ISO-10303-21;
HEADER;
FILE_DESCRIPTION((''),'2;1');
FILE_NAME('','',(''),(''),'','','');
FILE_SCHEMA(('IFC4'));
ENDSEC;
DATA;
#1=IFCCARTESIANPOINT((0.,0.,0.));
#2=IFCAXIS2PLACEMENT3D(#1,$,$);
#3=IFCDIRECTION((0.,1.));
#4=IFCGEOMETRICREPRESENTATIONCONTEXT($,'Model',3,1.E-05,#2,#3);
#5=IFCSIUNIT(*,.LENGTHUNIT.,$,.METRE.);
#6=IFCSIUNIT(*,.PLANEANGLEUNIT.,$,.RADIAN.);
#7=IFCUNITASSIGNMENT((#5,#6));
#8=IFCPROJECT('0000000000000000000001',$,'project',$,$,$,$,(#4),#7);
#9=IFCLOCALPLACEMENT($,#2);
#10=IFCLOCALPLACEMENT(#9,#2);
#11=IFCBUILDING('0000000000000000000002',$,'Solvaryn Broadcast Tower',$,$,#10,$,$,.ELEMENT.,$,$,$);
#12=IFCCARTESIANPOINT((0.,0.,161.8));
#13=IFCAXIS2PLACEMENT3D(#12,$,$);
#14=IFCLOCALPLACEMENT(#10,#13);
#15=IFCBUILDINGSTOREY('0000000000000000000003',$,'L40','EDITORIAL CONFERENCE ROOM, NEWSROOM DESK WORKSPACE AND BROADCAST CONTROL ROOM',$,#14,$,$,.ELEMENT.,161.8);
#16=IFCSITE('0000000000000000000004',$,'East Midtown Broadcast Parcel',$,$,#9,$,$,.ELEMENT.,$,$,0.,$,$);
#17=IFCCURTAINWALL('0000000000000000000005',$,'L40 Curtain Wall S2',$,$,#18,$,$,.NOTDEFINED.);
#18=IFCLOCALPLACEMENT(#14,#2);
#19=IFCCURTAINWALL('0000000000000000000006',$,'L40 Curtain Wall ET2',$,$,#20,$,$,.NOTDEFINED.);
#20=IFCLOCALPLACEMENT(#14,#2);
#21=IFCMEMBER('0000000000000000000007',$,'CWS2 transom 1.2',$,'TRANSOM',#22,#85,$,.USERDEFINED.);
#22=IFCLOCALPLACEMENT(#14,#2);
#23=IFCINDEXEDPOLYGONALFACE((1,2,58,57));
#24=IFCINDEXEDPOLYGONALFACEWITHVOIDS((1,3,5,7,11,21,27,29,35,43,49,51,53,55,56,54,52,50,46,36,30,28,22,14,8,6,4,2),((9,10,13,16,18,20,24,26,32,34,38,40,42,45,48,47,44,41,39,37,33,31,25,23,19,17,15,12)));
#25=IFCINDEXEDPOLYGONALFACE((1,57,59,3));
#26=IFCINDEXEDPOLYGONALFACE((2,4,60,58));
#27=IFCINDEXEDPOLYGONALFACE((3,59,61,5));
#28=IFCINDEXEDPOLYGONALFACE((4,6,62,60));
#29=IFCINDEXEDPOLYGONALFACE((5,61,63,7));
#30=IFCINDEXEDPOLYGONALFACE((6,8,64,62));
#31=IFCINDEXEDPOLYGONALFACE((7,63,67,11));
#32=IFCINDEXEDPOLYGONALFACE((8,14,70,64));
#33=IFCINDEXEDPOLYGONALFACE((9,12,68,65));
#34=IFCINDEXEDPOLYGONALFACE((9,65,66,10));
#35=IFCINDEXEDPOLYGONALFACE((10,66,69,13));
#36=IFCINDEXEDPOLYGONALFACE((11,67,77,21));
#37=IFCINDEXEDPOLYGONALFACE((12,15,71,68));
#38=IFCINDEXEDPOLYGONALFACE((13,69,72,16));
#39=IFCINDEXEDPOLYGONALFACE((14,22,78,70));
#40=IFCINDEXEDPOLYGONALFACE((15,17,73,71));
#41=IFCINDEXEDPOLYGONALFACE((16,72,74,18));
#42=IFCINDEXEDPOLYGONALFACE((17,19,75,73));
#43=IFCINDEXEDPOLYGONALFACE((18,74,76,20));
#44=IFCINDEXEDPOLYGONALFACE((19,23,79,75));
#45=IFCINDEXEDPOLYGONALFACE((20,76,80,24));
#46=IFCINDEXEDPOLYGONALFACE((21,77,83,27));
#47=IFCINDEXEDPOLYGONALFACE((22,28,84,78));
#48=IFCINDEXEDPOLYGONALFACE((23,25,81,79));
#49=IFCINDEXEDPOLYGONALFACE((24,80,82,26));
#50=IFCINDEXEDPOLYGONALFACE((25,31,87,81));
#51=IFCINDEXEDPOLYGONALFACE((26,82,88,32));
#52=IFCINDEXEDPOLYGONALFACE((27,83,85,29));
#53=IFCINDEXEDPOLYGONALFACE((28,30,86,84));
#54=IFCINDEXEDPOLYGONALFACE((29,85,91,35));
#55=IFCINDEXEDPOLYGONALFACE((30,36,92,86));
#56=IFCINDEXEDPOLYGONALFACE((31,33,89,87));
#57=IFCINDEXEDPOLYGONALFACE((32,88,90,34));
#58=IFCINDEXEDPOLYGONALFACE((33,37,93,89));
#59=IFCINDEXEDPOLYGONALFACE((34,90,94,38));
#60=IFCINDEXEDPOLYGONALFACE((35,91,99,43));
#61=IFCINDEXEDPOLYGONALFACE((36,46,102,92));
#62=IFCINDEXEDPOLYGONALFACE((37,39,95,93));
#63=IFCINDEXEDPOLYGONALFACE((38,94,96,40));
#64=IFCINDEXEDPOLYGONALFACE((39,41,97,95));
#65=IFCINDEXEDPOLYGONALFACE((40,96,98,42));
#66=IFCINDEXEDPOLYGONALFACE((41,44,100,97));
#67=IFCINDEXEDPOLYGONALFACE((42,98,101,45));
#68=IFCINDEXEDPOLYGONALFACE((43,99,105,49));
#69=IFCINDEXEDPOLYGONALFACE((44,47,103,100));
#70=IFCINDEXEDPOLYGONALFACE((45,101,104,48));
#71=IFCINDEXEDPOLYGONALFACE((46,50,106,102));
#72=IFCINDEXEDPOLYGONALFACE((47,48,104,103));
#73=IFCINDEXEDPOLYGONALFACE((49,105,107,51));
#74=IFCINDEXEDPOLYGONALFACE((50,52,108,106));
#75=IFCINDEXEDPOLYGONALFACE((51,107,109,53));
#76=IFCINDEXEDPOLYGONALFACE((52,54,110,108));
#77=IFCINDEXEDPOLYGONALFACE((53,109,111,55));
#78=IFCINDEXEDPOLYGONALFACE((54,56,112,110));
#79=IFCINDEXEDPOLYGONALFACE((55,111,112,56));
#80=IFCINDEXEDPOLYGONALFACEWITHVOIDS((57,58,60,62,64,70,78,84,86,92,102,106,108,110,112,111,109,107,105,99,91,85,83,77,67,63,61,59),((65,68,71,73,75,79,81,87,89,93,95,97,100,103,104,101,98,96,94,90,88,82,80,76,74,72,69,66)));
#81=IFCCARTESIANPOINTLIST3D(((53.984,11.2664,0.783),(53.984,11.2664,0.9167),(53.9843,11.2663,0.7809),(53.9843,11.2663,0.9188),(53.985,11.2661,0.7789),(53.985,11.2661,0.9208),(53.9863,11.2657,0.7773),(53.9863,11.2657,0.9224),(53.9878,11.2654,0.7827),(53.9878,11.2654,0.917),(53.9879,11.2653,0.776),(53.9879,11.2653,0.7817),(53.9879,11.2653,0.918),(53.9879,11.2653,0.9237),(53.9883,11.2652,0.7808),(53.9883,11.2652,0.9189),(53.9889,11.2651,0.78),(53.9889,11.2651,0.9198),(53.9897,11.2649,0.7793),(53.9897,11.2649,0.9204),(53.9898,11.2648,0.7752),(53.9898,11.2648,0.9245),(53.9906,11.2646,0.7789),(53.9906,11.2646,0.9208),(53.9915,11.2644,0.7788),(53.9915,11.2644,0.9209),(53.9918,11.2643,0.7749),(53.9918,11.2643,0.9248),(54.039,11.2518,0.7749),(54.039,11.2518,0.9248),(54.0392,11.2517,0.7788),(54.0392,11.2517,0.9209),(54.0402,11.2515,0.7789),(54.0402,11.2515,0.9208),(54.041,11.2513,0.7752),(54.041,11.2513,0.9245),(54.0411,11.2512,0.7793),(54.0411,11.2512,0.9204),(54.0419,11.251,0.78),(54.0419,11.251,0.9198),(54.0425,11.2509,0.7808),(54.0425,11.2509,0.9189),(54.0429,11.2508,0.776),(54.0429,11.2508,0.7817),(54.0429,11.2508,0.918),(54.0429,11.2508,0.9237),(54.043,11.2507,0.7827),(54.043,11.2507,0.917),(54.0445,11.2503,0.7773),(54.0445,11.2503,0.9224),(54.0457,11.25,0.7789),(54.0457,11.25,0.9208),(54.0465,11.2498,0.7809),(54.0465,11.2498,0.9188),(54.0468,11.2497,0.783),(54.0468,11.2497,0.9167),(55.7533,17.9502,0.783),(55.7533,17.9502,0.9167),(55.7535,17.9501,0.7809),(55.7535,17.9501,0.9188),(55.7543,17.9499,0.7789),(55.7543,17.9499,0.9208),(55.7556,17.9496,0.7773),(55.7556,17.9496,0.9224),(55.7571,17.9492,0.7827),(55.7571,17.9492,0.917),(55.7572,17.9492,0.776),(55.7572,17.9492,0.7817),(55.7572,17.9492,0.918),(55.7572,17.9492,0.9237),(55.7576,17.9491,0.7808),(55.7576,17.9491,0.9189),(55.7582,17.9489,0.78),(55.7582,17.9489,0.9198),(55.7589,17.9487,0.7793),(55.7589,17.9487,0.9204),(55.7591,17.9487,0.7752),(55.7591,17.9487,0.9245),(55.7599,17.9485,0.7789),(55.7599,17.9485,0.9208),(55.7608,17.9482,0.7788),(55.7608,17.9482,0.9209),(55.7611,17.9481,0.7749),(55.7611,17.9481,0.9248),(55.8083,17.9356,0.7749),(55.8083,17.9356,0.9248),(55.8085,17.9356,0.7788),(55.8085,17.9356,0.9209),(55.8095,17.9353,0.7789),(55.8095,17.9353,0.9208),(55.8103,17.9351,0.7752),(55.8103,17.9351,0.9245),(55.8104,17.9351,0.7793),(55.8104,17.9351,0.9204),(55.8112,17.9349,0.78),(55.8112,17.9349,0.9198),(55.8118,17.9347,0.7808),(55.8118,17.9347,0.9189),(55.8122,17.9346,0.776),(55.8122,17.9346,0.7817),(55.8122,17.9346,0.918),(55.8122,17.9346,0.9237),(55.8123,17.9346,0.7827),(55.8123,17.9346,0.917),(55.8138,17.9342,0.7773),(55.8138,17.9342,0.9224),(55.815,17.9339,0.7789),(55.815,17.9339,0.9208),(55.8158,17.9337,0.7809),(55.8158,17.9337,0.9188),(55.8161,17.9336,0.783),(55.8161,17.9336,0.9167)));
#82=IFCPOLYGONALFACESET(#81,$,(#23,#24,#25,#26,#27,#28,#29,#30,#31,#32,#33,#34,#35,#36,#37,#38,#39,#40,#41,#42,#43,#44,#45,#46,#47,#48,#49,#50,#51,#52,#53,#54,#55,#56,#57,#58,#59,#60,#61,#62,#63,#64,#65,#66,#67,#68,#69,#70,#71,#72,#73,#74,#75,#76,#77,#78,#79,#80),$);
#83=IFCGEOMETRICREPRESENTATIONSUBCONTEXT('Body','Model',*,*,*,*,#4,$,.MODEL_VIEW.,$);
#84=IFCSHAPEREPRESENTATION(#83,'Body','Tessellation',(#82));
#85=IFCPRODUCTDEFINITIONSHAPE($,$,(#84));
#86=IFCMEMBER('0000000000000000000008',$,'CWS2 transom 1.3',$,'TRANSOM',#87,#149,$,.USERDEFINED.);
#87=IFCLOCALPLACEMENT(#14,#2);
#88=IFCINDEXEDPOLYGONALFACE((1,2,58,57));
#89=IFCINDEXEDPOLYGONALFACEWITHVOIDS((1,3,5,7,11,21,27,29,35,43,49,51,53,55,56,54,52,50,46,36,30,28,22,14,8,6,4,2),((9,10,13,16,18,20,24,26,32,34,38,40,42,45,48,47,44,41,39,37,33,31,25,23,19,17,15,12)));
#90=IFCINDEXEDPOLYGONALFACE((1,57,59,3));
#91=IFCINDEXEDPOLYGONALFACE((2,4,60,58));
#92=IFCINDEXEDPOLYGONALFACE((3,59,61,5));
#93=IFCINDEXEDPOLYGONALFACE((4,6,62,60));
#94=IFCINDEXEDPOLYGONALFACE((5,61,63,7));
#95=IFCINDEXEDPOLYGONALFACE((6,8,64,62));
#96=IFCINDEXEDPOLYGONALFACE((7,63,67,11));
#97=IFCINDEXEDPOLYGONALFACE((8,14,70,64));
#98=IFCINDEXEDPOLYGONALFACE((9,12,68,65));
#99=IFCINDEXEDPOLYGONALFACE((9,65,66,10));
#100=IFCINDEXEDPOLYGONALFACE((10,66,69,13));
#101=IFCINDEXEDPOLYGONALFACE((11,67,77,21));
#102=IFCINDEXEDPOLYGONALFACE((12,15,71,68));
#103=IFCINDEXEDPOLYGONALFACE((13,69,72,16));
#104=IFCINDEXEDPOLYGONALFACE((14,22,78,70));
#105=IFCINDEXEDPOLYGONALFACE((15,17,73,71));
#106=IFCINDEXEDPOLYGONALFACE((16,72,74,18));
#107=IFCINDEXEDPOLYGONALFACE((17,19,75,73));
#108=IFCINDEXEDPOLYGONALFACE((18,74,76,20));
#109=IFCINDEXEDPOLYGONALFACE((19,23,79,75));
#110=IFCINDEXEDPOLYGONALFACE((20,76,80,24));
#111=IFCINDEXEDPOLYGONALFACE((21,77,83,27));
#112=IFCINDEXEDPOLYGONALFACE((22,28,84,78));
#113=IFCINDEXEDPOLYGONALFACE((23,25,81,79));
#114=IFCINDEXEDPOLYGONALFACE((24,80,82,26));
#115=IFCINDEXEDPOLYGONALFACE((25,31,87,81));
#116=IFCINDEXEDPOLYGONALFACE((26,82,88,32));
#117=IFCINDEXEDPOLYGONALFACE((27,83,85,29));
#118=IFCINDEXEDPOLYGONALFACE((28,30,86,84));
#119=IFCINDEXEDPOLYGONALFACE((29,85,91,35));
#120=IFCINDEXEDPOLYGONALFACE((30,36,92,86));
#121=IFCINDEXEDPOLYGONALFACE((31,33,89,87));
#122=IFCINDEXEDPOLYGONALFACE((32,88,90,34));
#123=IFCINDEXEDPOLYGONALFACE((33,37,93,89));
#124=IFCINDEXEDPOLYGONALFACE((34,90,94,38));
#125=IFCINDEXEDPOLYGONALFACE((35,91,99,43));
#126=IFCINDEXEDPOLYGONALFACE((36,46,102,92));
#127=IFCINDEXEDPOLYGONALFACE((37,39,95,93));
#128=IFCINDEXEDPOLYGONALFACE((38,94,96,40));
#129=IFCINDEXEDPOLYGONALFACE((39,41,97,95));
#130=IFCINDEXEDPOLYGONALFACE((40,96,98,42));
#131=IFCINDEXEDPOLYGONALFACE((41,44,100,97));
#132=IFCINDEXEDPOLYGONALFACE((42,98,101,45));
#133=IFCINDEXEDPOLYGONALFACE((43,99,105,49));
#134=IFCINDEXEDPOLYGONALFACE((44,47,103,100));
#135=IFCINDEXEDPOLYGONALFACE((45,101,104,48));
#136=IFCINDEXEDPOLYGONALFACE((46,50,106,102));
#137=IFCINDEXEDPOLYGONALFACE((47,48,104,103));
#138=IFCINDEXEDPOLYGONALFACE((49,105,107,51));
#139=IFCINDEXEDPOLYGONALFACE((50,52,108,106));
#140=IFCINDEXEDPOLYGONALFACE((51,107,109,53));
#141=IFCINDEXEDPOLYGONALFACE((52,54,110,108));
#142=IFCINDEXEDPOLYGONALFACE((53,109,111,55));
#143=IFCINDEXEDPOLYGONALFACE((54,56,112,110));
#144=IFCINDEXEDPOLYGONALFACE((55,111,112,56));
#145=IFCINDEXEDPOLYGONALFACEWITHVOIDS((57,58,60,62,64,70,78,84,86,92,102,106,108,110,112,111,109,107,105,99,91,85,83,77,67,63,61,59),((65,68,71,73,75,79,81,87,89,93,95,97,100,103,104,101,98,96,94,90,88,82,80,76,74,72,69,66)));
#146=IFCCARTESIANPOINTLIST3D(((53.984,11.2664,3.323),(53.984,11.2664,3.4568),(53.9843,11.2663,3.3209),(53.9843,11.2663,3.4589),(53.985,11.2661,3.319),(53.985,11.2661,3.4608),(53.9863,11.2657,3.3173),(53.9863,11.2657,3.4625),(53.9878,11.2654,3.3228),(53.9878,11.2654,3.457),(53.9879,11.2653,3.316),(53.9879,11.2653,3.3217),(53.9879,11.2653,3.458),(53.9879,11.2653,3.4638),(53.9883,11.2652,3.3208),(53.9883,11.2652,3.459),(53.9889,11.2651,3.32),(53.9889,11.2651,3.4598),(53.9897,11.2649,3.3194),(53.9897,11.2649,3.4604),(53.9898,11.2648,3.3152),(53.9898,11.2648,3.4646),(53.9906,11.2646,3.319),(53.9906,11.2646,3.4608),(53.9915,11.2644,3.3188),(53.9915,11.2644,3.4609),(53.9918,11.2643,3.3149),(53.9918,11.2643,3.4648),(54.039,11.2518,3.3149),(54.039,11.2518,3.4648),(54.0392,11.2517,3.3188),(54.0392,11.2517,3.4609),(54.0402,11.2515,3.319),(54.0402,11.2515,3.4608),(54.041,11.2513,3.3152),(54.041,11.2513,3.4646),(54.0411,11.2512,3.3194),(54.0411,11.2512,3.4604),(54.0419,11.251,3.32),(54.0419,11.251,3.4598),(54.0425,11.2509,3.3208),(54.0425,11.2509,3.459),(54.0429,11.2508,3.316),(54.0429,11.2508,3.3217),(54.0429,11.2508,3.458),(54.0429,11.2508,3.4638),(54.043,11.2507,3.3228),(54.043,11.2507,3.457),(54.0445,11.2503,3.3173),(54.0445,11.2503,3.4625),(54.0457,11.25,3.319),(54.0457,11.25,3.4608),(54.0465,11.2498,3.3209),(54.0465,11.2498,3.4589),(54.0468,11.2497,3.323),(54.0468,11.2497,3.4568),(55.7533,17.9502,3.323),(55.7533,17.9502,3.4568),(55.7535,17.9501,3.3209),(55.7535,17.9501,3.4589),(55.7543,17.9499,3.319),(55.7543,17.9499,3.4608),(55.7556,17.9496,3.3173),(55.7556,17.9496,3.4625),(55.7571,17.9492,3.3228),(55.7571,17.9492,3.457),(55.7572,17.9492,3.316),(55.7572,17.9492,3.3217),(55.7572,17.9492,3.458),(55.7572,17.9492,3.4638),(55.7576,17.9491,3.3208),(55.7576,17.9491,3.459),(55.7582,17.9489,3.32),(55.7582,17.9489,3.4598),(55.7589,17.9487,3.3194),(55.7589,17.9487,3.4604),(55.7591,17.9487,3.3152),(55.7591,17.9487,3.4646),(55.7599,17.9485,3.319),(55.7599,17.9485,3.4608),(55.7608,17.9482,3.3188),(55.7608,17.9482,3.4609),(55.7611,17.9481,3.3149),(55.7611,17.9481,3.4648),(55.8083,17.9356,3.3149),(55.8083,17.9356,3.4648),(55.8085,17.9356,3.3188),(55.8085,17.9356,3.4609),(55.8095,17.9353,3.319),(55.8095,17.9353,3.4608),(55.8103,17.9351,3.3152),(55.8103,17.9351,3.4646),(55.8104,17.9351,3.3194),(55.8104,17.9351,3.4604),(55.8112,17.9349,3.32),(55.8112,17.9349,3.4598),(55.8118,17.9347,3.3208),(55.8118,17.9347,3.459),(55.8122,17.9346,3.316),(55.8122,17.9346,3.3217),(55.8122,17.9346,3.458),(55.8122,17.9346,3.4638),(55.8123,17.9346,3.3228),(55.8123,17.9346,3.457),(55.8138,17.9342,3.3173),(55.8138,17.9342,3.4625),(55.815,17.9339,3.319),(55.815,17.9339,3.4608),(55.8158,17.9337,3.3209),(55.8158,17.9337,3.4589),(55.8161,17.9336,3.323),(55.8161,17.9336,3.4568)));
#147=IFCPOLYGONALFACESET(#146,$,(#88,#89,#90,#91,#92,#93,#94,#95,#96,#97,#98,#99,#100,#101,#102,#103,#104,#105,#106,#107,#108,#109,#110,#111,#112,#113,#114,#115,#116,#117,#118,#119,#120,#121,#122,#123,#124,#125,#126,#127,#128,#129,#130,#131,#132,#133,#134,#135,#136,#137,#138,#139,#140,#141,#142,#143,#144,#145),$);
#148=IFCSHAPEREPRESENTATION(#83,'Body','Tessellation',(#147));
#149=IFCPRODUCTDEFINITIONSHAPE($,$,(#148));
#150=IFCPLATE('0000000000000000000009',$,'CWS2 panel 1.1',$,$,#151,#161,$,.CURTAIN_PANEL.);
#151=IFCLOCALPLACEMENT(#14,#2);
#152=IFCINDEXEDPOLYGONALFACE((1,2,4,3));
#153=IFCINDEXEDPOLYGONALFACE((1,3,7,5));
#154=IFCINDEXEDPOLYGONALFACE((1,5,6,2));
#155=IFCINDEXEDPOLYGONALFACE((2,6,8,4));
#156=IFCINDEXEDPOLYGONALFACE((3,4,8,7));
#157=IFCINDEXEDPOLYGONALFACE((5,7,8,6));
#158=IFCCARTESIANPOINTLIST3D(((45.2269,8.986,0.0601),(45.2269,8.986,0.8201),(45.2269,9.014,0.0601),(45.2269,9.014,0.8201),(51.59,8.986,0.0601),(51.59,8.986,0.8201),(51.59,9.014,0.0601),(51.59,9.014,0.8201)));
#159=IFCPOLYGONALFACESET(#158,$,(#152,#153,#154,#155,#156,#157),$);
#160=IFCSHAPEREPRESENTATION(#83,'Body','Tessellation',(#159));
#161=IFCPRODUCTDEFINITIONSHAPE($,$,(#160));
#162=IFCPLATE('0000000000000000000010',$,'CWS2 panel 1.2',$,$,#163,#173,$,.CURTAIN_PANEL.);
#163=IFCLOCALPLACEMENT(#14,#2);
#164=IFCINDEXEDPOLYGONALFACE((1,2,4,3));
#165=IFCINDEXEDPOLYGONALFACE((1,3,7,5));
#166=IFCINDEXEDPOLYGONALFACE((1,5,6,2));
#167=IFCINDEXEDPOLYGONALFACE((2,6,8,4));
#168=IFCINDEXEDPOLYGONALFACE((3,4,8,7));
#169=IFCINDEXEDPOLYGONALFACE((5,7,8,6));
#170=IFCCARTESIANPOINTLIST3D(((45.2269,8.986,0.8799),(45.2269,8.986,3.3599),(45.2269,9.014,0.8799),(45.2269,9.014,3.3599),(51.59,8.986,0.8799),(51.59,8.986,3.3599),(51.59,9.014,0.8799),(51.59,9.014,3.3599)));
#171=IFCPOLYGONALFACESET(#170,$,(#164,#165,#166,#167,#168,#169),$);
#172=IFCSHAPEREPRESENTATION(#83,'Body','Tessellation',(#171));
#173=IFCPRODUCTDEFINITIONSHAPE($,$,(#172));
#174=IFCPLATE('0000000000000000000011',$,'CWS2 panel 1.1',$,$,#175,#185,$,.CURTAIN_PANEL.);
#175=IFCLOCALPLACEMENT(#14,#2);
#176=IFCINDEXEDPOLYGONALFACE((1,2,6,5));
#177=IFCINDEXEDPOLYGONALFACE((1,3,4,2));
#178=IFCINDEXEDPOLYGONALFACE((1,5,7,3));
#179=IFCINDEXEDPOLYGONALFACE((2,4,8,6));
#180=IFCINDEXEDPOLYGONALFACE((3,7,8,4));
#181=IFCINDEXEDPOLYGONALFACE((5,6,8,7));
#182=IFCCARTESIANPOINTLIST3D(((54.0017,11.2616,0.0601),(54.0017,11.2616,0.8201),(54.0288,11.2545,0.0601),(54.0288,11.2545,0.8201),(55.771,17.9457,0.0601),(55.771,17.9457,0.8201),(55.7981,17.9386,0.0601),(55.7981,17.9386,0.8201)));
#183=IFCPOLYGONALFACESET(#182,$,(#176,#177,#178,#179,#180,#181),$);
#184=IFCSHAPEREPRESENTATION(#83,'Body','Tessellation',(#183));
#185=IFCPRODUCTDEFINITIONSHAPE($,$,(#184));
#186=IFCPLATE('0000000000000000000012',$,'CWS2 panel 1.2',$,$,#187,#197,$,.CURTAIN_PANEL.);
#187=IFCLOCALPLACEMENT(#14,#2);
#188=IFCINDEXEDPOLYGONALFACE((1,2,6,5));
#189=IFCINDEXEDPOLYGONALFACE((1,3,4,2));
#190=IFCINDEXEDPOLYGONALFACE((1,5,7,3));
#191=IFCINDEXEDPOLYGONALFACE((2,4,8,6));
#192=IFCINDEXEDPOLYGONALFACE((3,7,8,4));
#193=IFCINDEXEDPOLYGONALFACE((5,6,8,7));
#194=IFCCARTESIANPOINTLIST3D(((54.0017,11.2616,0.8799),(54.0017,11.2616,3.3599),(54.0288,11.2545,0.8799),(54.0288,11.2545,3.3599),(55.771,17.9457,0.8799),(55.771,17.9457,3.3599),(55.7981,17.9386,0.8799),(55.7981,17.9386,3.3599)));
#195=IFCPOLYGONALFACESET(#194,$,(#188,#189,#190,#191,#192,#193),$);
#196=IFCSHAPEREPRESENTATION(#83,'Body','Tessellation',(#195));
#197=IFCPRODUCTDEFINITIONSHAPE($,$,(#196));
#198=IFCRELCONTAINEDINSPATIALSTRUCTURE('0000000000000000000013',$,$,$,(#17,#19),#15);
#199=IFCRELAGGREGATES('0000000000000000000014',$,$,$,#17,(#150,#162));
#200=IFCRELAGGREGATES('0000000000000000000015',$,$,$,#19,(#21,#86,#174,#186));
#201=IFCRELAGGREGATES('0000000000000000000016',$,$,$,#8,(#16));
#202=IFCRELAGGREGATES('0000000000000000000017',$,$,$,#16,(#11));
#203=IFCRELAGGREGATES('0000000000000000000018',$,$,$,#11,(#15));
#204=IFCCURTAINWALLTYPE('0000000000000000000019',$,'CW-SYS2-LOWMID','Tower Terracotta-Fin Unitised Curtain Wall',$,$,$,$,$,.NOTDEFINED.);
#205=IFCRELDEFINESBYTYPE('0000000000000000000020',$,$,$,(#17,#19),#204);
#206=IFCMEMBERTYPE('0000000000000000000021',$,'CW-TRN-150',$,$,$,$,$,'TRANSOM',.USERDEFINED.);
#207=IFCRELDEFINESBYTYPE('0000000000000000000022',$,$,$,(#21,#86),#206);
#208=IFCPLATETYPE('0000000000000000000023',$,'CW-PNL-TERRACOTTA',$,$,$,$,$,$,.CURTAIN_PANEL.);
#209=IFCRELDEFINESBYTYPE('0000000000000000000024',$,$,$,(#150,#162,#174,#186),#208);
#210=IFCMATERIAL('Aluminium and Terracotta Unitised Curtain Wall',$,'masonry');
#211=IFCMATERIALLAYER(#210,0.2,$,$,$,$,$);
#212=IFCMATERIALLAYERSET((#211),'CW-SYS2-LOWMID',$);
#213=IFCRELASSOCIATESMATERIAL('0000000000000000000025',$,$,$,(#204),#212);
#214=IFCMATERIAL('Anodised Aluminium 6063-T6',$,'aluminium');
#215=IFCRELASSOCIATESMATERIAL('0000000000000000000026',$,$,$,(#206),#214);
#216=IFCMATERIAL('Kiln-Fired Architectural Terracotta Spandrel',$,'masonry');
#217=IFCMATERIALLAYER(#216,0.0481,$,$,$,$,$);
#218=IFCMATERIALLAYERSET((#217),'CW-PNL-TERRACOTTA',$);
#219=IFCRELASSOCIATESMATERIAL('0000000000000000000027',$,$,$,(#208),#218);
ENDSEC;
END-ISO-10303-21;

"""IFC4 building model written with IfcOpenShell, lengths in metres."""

from ifc_helpers import new_model, si_unit, direction, frame, origin, origin_2d, place, context, subcontext, project, spatial, rectangle, hollow_rectangle, extrude, material, layer, layer_set, material_profile, profile_set, type_object, element, aggregate, save


model = new_model("IFC4")

# Units and contexts
model_context = context("Model", 3, precision=1e-05, world=origin(), true_north=direction((0.0, 1.0)))
body_context = subcontext(model_context, "Body", "Model", "MODEL_VIEW")
ifc_project = project(units=[si_unit("LENGTHUNIT", "METRE"), si_unit("PLANEANGLEUNIT", "RADIAN")], contexts=[model_context])

# Site, building, storey
site_placement = place(None, origin())
site = spatial("IfcSite", under=ifc_project, at=site_placement, Name="East Midtown Broadcast Parcel", CompositionType="ELEMENT", RefElevation=0.0)
building_placement = place(site_placement, origin())
building = spatial("IfcBuilding", under=site, at=building_placement, Name="Solvaryn Broadcast Tower", CompositionType="ELEMENT")
storey_placement = place(building_placement, frame((0.0, 0.0, 161.8)))
storey = spatial("IfcBuildingStorey", under=building, at=storey_placement, Name="L40", Description="EDITORIAL CONFERENCE ROOM, NEWSROOM DESK WORKSPACE AND BROADCAST CONTROL ROOM", CompositionType="ELEMENT", Elevation=161.8)

# Curtain wall
ifc_material_1 = material(Name="Aluminium and Terracotta Unitised Curtain Wall", Category="masonry")
ifc_layer_1 = layer(ifc_material_1, 0.2)
ifc_layer_set_1 = layer_set([ifc_layer_1], Name="CW-SYS2-LOWMID")
curtain_wall_type = type_object("IfcCurtainWallType", Name="CW-SYS2-LOWMID", Description="Tower Terracotta-Fin Unitised Curtain Wall", PredefinedType="NOTDEFINED", material=ifc_layer_set_1)
curtain_wall_1_placement = place(storey_placement, origin())
curtain_wall_1 = element("IfcCurtainWall", 1, at=curtain_wall_1_placement, inside=storey, type_object=curtain_wall_type, Name="L40 Curtain Wall S2", PredefinedType="NOTDEFINED")

# Curtain wall
curtain_wall_2_placement = place(storey_placement, origin())
curtain_wall_2 = element("IfcCurtainWall", 2, at=curtain_wall_2_placement, inside=storey, type_object=curtain_wall_type, Name="L40 Curtain Wall ET2", PredefinedType="NOTDEFINED")

# Members
ifc_material_2 = material(Name="Anodised Aluminium 6063-T6", Category="aluminium")
ifc_material_profile_1 = material_profile(ifc_material_2, hollow_rectangle(XDim=0.0649, YDim=0.1499, WallThickness=0.0039, InnerFilletRadius=0.0039, OuterFilletRadius=0.0081, at=origin_2d()))
ifc_profile_set_1 = profile_set([ifc_material_profile_1], Name="Anodised Aluminium 6063-T6")
member_type_1 = type_object("IfcMemberType", Name="CW-TRN-150", ElementType="TRANSOM", PredefinedType="USERDEFINED", material=ifc_profile_set_1)
member_1_placement = place(storey_placement, frame((55.7847, 17.9419, 0.8499), z_axis=(-0.255897, -0.966704, 0.0), x_axis=(0.966704, -0.255897, 0.0)))
member_1 = element("IfcMember", 3, at=member_1_placement, type_object=member_type_1, Name="CWS2 transom 1.2", ObjectType="TRANSOM", PredefinedType="USERDEFINED", context=body_context, shape_type="SweptSolid", body=[
    extrude(hollow_rectangle(XDim=0.0649, YDim=0.1499, WallThickness=0.0039, InnerFilletRadius=0.0039, OuterFilletRadius=0.0081, at=origin_2d()), origin(), (0.0, 0.0, 1.0), 6.9141),
])
member_2_placement = place(storey_placement, frame((55.7847, 17.9419, 3.3899), z_axis=(-0.255897, -0.966704, 0.0), x_axis=(0.966704, -0.255897, 0.0)))
member_2 = element("IfcMember", 4, at=member_2_placement, type_object=member_type_1, Name="CWS2 transom 1.3", ObjectType="TRANSOM", PredefinedType="USERDEFINED", context=body_context, shape_type="SweptSolid", body=[
    extrude(hollow_rectangle(XDim=0.0649, YDim=0.1499, WallThickness=0.0039, InnerFilletRadius=0.0039, OuterFilletRadius=0.0081, at=origin_2d()), origin(), (0.0, 0.0, 1.0), 6.9141),
])

# Plates
ifc_material_3 = material(Name="Kiln-Fired Architectural Terracotta Spandrel", Category="masonry")
ifc_layer_2 = layer(ifc_material_3, 0.0481)
ifc_layer_set_2 = layer_set([ifc_layer_2], Name="CW-PNL-TERRACOTTA")
plate_type = type_object("IfcPlateType", Name="CW-PNL-TERRACOTTA", PredefinedType="CURTAIN_PANEL", material=ifc_layer_set_2)
plate_1_placement = place(storey_placement, frame((48.4084, 9.0, 0.0601), z_axis=(0.0, 0.0, 1.0), x_axis=(1.0, 0.0, 0.0)))
plate_1 = element("IfcPlate", 5, at=plate_1_placement, type_object=plate_type, Name="CWS2 panel 1.1", PredefinedType="CURTAIN_PANEL", context=body_context, shape_type="SweptSolid", body=[
    extrude(rectangle(XDim=6.363, YDim=0.0281, at=origin_2d()), origin(), (0.0, 0.0, 1.0), 0.76),
])
plate_2_placement = place(storey_placement, frame((48.4084, 9.0, 0.8799), z_axis=(0.0, 0.0, 1.0), x_axis=(1.0, 0.0, 0.0)))
plate_2 = element("IfcPlate", 6, at=plate_2_placement, type_object=plate_type, Name="CWS2 panel 1.2", PredefinedType="CURTAIN_PANEL", context=body_context, shape_type="SweptSolid", body=[
    extrude(rectangle(XDim=6.363, YDim=0.0281, at=origin_2d()), origin(), (0.0, 0.0, 1.0), 2.48),
])
aggregate(curtain_wall_1, [plate_1, plate_2])
plate_3_placement = place(storey_placement, frame((54.8999, 14.6001, 0.0601), z_axis=(0.0, 0.0, 1.0), x_axis=(-0.255893, -0.966705, 0.0)))
plate_3 = element("IfcPlate", 7, at=plate_3_placement, type_object=plate_type, Name="CWS2 panel 1.1", PredefinedType="CURTAIN_PANEL", context=body_context, shape_type="SweptSolid", body=[
    extrude(rectangle(XDim=6.9143, YDim=0.0281, at=origin_2d()), origin(), (0.0, 0.0, 1.0), 0.76),
])
plate_4_placement = place(storey_placement, frame((54.8999, 14.6001, 0.8799), z_axis=(0.0, 0.0, 1.0), x_axis=(-0.255893, -0.966705, 0.0)))
plate_4 = element("IfcPlate", 8, at=plate_4_placement, type_object=plate_type, Name="CWS2 panel 1.2", PredefinedType="CURTAIN_PANEL", context=body_context, shape_type="SweptSolid", body=[
    extrude(rectangle(XDim=6.9143, YDim=0.0281, at=origin_2d()), origin(), (0.0, 0.0, 1.0), 2.48),
])
aggregate(curtain_wall_2, [member_1, member_2, plate_3, plate_4])

save(model, "model.ifc")
